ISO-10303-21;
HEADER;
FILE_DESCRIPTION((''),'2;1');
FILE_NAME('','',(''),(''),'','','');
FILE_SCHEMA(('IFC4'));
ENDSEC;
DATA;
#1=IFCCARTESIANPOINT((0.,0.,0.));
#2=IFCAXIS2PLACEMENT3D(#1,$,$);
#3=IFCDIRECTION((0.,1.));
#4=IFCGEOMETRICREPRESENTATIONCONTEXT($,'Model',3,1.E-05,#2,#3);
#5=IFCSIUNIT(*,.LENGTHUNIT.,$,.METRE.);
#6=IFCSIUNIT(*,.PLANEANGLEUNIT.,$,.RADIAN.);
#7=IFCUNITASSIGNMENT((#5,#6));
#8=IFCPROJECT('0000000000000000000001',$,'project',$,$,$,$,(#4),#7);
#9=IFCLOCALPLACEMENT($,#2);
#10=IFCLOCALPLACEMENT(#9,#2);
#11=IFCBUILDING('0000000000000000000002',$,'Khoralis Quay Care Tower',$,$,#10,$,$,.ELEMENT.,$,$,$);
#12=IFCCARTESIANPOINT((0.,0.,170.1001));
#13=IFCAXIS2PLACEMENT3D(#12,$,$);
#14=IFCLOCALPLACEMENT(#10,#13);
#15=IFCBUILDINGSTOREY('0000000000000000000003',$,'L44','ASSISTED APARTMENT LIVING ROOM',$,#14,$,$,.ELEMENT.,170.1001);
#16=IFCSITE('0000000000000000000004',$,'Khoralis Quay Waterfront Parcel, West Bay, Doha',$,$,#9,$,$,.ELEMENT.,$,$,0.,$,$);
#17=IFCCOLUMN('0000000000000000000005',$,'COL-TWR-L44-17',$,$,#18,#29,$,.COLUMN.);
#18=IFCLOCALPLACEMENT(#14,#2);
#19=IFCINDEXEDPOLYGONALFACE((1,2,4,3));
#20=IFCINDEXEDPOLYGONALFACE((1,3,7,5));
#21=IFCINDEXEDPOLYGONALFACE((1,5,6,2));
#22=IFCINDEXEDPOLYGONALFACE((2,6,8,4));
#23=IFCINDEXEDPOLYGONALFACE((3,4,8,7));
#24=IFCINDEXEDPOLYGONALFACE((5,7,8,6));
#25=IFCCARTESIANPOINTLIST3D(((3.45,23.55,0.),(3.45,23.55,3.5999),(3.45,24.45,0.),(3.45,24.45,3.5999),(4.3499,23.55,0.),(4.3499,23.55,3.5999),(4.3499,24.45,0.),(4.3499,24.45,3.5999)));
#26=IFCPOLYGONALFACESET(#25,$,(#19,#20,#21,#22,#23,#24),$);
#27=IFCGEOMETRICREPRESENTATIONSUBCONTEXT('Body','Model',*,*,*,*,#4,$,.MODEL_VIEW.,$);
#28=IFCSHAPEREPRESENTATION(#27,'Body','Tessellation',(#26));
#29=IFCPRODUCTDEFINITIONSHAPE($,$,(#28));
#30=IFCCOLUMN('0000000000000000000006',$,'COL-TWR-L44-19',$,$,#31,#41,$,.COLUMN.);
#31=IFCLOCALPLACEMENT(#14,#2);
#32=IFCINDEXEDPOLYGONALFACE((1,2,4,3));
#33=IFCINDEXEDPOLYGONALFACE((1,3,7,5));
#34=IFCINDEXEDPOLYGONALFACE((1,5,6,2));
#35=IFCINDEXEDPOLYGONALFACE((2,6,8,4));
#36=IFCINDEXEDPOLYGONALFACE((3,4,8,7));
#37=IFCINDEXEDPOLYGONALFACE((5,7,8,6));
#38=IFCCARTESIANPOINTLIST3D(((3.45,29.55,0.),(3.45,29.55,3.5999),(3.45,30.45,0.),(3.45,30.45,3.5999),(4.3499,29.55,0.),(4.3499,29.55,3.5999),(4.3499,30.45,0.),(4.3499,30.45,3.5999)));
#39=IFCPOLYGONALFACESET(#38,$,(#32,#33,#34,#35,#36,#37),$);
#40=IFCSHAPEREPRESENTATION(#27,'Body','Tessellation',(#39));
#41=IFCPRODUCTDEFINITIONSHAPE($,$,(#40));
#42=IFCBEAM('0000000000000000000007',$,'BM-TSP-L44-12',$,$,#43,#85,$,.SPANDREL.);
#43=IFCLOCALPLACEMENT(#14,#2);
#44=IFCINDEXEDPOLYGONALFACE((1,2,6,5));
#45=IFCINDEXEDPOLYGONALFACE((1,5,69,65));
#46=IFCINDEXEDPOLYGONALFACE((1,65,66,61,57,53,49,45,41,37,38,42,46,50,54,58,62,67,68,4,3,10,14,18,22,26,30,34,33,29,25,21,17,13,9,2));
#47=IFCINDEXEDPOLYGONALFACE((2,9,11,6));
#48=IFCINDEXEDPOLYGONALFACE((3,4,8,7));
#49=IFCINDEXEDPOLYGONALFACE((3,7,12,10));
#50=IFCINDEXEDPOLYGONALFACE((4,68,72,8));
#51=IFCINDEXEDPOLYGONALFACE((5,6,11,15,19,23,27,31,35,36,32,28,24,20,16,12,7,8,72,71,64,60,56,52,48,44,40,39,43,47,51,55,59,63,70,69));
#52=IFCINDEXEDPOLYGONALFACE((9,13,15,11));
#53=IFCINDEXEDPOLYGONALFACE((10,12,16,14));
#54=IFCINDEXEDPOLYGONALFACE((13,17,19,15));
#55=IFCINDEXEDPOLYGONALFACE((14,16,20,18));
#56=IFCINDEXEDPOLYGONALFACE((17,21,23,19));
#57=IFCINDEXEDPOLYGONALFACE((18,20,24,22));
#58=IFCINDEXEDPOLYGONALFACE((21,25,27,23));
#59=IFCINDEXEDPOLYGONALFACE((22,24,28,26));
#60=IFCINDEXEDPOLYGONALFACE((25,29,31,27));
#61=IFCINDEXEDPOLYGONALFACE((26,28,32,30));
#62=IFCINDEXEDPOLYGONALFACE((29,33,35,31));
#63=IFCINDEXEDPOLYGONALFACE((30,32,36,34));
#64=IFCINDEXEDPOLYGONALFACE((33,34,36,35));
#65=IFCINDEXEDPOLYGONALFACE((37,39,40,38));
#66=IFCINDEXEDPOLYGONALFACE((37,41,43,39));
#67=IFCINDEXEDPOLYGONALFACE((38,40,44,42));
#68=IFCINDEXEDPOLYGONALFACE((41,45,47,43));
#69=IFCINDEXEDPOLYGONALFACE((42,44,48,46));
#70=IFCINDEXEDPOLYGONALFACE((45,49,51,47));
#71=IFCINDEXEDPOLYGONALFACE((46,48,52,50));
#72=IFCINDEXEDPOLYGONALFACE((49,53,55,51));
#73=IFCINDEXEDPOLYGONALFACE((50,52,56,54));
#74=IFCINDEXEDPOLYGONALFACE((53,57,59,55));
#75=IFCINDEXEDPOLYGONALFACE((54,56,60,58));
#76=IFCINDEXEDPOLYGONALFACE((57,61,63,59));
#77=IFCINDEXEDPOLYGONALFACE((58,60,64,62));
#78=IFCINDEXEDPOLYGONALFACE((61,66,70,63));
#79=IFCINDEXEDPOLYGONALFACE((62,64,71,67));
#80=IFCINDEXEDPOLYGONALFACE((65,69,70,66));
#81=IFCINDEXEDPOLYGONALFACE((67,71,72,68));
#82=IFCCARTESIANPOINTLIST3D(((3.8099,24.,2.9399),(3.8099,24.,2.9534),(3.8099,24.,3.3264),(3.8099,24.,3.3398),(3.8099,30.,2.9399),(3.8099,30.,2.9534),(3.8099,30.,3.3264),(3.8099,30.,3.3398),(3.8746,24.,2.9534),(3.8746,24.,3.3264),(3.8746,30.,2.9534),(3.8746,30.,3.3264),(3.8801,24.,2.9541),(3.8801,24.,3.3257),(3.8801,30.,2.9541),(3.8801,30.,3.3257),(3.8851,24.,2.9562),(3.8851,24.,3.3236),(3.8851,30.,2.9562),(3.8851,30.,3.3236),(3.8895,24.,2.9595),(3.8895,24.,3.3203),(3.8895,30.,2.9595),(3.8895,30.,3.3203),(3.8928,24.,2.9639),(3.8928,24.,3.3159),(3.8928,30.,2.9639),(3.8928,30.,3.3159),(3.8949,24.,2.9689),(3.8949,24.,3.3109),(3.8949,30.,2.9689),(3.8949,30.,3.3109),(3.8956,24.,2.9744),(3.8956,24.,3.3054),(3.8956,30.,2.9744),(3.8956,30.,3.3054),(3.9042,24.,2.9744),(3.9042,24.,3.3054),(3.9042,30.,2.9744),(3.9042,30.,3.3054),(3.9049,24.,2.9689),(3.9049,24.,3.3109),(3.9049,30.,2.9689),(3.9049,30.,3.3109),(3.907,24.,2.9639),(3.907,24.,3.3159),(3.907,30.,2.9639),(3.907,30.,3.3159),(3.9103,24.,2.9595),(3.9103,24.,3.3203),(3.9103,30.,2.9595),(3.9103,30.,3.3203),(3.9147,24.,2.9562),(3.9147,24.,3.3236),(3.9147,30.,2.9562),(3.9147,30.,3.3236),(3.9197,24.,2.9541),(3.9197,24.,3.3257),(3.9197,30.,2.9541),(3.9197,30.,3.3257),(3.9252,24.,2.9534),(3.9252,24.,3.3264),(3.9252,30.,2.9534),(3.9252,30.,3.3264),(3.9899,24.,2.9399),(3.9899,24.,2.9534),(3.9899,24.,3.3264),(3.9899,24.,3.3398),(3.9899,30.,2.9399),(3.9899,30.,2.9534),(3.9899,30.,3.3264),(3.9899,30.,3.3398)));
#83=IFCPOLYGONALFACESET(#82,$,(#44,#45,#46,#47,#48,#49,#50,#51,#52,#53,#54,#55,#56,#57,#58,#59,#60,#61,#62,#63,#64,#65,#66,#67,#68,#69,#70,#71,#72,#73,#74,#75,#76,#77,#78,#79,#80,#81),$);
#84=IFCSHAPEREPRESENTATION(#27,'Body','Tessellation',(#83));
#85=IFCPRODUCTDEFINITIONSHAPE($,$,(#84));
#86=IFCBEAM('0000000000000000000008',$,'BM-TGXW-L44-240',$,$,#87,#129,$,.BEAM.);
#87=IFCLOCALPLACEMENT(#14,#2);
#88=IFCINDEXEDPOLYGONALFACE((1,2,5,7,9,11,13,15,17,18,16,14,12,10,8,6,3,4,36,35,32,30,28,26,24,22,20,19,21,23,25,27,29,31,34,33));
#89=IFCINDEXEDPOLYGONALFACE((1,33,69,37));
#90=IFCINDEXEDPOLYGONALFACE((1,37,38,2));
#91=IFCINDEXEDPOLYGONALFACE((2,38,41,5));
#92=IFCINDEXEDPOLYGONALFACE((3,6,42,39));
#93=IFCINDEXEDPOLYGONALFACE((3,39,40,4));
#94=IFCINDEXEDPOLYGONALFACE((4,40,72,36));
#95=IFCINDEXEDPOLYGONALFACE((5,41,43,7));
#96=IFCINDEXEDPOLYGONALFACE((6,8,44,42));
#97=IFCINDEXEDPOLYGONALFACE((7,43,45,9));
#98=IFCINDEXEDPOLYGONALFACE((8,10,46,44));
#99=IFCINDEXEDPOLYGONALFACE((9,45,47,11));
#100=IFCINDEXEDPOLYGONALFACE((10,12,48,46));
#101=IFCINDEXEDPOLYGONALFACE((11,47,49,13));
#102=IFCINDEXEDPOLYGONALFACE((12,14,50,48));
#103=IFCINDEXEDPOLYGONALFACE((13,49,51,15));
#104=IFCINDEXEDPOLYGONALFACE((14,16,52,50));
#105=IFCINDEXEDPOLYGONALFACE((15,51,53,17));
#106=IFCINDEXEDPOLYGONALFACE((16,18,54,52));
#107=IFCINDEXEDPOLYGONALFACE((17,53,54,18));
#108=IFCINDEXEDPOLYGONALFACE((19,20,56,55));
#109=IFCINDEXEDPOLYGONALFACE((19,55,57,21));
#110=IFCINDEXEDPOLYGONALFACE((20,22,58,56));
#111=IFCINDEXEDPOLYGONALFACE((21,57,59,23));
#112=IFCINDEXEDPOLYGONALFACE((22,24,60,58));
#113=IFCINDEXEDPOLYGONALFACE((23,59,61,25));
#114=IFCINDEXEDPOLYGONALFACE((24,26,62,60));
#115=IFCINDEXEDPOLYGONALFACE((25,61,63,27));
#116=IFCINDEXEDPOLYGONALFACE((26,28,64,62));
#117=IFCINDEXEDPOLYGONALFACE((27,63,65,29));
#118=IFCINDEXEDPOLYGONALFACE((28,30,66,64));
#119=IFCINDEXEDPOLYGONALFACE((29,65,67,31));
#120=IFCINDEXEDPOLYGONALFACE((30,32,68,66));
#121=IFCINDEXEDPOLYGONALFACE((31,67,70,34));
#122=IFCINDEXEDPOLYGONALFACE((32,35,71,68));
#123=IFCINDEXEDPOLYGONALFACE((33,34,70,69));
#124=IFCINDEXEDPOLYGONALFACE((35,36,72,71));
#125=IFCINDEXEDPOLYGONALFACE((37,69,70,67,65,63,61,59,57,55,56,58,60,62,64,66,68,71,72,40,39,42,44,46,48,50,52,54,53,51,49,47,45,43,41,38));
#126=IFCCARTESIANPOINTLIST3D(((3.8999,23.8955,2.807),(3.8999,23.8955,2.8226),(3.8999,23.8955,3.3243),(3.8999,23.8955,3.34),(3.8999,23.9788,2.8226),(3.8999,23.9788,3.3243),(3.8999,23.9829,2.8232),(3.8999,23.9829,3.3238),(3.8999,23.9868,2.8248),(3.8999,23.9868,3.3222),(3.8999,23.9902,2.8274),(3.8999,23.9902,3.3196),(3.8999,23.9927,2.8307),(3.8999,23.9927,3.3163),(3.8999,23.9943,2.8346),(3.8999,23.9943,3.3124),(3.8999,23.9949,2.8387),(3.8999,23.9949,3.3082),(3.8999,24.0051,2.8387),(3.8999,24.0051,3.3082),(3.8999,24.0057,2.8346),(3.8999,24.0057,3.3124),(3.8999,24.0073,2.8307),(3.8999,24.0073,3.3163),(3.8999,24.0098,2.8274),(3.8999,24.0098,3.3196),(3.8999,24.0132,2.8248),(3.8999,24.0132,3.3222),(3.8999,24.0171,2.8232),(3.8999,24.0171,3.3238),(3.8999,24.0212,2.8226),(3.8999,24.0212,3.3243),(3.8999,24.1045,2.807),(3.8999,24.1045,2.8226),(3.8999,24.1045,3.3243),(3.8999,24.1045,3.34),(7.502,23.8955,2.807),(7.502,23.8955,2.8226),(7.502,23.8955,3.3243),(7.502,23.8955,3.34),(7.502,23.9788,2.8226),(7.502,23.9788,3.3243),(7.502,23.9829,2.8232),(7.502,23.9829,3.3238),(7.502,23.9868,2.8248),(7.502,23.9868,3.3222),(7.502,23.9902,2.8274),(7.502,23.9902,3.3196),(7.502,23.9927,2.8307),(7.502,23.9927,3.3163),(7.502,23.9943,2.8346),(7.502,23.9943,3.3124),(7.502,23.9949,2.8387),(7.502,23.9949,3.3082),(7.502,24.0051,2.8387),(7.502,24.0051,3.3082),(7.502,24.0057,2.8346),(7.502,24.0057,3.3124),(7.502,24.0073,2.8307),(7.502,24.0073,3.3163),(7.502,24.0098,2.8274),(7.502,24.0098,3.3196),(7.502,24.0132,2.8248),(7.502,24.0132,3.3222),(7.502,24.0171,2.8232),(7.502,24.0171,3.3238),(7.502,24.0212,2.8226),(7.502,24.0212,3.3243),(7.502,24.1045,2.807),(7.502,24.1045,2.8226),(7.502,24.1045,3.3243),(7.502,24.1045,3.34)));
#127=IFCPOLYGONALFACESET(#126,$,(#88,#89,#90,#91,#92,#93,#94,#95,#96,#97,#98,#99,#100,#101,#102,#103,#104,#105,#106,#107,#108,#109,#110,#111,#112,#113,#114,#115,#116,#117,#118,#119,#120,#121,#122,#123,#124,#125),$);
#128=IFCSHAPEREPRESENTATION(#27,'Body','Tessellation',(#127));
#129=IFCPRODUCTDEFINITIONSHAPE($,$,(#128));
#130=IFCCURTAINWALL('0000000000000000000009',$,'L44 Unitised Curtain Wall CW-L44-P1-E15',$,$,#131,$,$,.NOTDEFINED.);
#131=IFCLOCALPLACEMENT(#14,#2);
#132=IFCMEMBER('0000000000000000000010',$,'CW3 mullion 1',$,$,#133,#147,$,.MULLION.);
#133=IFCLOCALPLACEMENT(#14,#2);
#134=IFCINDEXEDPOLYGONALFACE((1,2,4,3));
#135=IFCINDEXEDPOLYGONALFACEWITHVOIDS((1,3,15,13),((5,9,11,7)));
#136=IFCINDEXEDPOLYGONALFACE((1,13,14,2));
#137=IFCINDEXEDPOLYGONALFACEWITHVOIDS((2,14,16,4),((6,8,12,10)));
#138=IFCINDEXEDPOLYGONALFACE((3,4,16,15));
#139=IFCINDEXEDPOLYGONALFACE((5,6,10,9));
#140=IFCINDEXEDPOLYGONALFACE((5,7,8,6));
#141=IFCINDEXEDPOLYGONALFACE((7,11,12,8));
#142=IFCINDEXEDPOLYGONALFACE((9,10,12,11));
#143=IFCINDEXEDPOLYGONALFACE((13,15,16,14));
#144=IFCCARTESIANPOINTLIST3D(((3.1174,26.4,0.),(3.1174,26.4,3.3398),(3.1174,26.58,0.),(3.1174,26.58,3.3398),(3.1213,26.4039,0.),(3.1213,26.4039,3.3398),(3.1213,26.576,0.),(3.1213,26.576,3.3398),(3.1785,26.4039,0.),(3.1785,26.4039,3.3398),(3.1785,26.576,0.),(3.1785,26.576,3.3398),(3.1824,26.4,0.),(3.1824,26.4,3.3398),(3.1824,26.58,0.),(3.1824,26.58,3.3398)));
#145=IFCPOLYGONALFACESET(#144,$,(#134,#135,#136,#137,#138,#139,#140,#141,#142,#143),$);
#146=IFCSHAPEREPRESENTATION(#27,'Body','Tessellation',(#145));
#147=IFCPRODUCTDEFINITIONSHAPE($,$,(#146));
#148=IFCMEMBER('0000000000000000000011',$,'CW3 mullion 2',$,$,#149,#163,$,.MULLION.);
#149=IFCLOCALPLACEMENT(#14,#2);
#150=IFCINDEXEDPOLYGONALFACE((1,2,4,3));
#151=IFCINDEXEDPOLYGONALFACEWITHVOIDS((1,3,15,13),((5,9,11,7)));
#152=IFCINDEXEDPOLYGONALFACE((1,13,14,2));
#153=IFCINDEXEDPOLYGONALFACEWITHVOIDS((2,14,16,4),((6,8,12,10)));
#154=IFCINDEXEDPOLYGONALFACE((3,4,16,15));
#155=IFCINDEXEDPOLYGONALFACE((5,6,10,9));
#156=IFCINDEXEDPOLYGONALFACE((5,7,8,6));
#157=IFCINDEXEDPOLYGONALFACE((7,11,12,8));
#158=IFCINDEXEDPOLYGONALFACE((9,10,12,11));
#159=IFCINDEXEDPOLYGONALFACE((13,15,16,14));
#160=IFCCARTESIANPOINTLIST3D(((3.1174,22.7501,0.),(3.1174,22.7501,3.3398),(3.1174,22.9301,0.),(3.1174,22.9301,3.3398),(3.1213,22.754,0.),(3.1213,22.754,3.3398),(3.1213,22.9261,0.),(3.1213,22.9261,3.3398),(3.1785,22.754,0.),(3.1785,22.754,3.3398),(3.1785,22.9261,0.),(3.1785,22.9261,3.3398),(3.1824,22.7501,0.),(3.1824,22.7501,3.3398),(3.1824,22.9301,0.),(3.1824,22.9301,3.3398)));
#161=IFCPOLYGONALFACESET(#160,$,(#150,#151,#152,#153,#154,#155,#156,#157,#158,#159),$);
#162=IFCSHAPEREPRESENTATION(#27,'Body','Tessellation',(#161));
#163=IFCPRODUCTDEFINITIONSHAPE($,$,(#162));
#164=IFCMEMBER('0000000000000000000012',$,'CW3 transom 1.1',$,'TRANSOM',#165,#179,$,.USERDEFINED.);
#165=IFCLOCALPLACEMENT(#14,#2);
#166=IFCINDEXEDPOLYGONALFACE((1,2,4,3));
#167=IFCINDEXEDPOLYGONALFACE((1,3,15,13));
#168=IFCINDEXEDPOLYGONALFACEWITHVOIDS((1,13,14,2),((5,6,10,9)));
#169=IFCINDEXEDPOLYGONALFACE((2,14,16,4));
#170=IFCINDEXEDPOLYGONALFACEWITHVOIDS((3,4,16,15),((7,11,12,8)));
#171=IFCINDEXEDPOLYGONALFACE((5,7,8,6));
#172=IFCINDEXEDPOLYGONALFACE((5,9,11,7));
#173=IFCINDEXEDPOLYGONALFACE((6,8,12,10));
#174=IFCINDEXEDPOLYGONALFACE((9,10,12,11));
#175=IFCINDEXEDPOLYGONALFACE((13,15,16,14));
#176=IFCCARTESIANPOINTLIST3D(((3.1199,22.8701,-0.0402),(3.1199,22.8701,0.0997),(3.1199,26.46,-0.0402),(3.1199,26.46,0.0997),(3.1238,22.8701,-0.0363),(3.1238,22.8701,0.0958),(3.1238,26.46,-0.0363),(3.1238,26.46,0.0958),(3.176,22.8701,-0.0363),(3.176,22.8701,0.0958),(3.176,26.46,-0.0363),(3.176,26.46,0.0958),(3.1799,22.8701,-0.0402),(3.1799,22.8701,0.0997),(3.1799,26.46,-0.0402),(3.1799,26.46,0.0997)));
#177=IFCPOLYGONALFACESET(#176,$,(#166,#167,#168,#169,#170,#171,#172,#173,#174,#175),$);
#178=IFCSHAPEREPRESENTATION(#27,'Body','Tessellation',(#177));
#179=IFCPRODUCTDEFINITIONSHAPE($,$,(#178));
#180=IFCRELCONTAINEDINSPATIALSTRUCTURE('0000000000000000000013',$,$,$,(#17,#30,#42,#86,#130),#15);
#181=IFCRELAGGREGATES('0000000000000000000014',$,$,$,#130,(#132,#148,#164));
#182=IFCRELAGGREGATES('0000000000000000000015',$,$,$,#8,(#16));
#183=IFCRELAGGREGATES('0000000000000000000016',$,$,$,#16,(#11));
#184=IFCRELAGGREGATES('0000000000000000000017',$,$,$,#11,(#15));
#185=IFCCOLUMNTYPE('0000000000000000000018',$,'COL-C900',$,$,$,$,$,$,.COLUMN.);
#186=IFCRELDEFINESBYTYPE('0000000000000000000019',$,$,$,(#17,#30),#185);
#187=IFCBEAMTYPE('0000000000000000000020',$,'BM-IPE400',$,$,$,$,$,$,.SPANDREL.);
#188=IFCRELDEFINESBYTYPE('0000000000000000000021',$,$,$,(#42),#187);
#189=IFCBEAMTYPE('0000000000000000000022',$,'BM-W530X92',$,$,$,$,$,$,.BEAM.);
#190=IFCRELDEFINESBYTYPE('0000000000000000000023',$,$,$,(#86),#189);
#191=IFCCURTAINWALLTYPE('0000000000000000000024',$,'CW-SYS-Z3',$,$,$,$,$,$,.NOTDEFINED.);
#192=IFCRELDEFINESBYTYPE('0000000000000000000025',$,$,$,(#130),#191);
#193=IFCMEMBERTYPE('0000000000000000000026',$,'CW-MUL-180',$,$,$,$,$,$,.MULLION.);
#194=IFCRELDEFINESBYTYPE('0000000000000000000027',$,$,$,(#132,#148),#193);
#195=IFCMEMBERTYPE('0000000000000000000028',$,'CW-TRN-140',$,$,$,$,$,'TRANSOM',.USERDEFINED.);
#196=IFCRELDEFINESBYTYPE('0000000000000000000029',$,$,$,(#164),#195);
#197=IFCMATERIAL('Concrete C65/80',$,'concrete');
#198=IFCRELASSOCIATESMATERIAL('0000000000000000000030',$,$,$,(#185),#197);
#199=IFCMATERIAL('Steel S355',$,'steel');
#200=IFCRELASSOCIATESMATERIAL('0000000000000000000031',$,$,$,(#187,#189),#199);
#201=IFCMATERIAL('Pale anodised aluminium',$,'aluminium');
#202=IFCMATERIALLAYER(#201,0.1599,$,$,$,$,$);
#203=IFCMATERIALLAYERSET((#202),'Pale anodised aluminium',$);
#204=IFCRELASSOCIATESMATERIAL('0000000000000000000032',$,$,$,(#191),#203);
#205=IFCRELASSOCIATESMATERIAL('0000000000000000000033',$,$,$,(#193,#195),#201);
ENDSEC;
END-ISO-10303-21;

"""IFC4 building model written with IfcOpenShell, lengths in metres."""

from ifc_helpers import new_model, si_unit, direction, frame, origin, origin_2d, place, context, subcontext, project, spatial, rectangle, hollow_rectangle, i_section, extrude, source, transform, mapped, material, layer, layer_set, material_profile, profile_set, type_object, element, aggregate, save


model = new_model("IFC4")

# Units and contexts
model_context = context("Model", 3, precision=1e-05, world=origin(), true_north=direction((0.0, 1.0)))
body_context = subcontext(model_context, "Body", "Model", "MODEL_VIEW")
ifc_project = project(units=[si_unit("LENGTHUNIT", "METRE"), si_unit("PLANEANGLEUNIT", "RADIAN")], contexts=[model_context])

# Site, building, storey
site_placement = place(None, origin())
site = spatial("IfcSite", under=ifc_project, at=site_placement, Name="Khoralis Quay Waterfront Parcel, West Bay, Doha", CompositionType="ELEMENT", RefElevation=0.0)
building_placement = place(site_placement, origin())
building = spatial("IfcBuilding", under=site, at=building_placement, Name="Khoralis Quay Care Tower", CompositionType="ELEMENT")
storey_placement = place(building_placement, frame((0.0, 0.0, 170.1001)))
storey = spatial("IfcBuildingStorey", under=building, at=storey_placement, Name="L44", Description="ASSISTED APARTMENT LIVING ROOM", CompositionType="ELEMENT", Elevation=170.1001)

# Columns
ifc_material_1 = material(Name="Concrete C65/80", Category="concrete")
ifc_material_profile_1 = material_profile(ifc_material_1, rectangle(XDim=0.8999, YDim=0.8999, at=origin_2d()), Name="Concrete C65/80")
ifc_profile_set_1 = profile_set([ifc_material_profile_1], Name="Concrete C65/80")
column_type = type_object("IfcColumnType", Name="COL-C900", PredefinedType="COLUMN", material=ifc_profile_set_1)
shared_shape_1 = source(origin(), body_context, "Body", "SweptSolid", [
    extrude(rectangle(XDim=0.8999, YDim=0.8999, at=origin_2d()), origin(), (0.0, 0.0, 1.0), 3.5999),
])
for number, where, z_axis, x_axis, name in (
    (1, (3.8999, 24.0, 0.0), (0.0, 0.0, 1.0), (1.0, 0.0, 0.0), "COL-TWR-L44-17"),
    (2, (3.8999, 30.0, 0.0), (0.0, 0.0, 1.0), (1.0, 0.0, 0.0), "COL-TWR-L44-19"),
):
    element("IfcColumn", number, at=place(storey_placement, frame(where, z_axis=z_axis, x_axis=x_axis)), inside=storey, type_object=column_type, Name=name, PredefinedType="COLUMN", context=body_context, shape_type="MappedRepresentation", body=[
        mapped(shared_shape_1, transform((0.0, 0.0, 0.0), scale=1.0)),
    ])

# Beams
ifc_material_2 = material(Name="Steel S355", Category="steel")
ifc_material_profile_2 = material_profile(ifc_material_2, i_section(OverallWidth=0.1799, OverallDepth=0.3999, WebThickness=0.0085, FlangeThickness=0.0134, FilletRadius=0.021, at=origin_2d()), Name="Steel S355")
ifc_profile_set_2 = profile_set([ifc_material_profile_2], Name="Steel S355")
beam_type_1 = type_object("IfcBeamType", Name="BM-IPE400", PredefinedType="SPANDREL", material=ifc_profile_set_2)
shared_shape_2 = source(origin(), body_context, "Body", "SweptSolid", [
    extrude(i_section(OverallWidth=0.1799, OverallDepth=0.3999, WebThickness=0.0085, FlangeThickness=0.0134, FilletRadius=0.021, at=origin_2d()), origin(), (0.0, 0.0, 1.0), 6.0),
])
beam_1_placement = place(storey_placement, frame((3.8999, 24.0, 3.1399), z_axis=(0.0, 1.0, 0.0), x_axis=(-1.0, 0.0, 0.0)))
element("IfcBeam", 3, at=beam_1_placement, inside=storey, type_object=beam_type_1, Name="BM-TSP-L44-12", PredefinedType="SPANDREL", context=body_context, shape_type="MappedRepresentation", body=[
    mapped(shared_shape_2, transform((0.0, 0.0, 0.0), scale=1.0)),
])
ifc_material_profile_3 = material_profile(ifc_material_2, i_section(OverallWidth=0.209, OverallDepth=0.533, WebThickness=0.0103, FlangeThickness=0.0156, FilletRadius=0.0161, at=origin_2d()), Name="Steel S355")
ifc_profile_set_3 = profile_set([ifc_material_profile_3], Name="Steel S355")
beam_type_2 = type_object("IfcBeamType", Name="BM-W530X92", PredefinedType="BEAM", material=ifc_profile_set_3)
shared_shape_3 = source(origin(), body_context, "Body", "SweptSolid", [
    extrude(i_section(OverallWidth=0.209, OverallDepth=0.533, WebThickness=0.0103, FlangeThickness=0.0156, FilletRadius=0.0161, at=origin_2d()), origin(), (0.0, 0.0, 1.0), 3.6021),
])
beam_2_placement = place(storey_placement, frame((3.8999, 24.0, 3.0735), z_axis=(1.0, 0.0, 0.0), x_axis=(0.0, 1.0, 0.0)))
element("IfcBeam", 4, at=beam_2_placement, inside=storey, type_object=beam_type_2, Name="BM-TGXW-L44-240", PredefinedType="BEAM", context=body_context, shape_type="MappedRepresentation", body=[
    mapped(shared_shape_3, transform((0.0, 0.0, 0.0), scale=1.0)),
])

# Curtain wall, members
ifc_material_3 = material(Name="Pale anodised aluminium", Category="aluminium")
ifc_layer_1 = layer(ifc_material_3, 0.1599)
ifc_layer_set_1 = layer_set([ifc_layer_1], Name="Pale anodised aluminium")
curtain_wall_type = type_object("IfcCurtainWallType", Name="CW-SYS-Z3", PredefinedType="NOTDEFINED", material=ifc_layer_set_1)
curtain_wall_placement = place(storey_placement, origin())
curtain_wall = element("IfcCurtainWall", 5, at=curtain_wall_placement, inside=storey, type_object=curtain_wall_type, Name="L44 Unitised Curtain Wall CW-L44-P1-E15", PredefinedType="NOTDEFINED")
ifc_material_profile_4 = material_profile(ifc_material_3, hollow_rectangle(XDim=0.0649, YDim=0.1799, WallThickness=0.0039, at=origin_2d()), Name="Pale anodised aluminium")
ifc_profile_set_4 = profile_set([ifc_material_profile_4], Name="Pale anodised aluminium")
member_type_1 = type_object("IfcMemberType", Name="CW-MUL-180", PredefinedType="MULLION", material=ifc_profile_set_4)
shared_shape_4 = source(origin(), body_context, "Body", "SweptSolid", [
    extrude(hollow_rectangle(XDim=0.0649, YDim=0.1799, WallThickness=0.0039, at=origin_2d()), origin(), (0.0, 0.0, 1.0), 3.3398),
])
member_1_placement = place(storey_placement, frame((3.1499, 26.49, 0.0), z_axis=(0.0, 0.0, 1.0), x_axis=(1.0, 0.0, 0.0)))
member_1 = element("IfcMember", 6, at=member_1_placement, type_object=member_type_1, Name="CW3 mullion 1", PredefinedType="MULLION", context=body_context, shape_type="MappedRepresentation", body=[
    mapped(shared_shape_4, transform((0.0, 0.0, 0.0), scale=1.0)),
])
member_2_placement = place(storey_placement, frame((3.1499, 22.8401, 0.0), z_axis=(0.0, 0.0, 1.0), x_axis=(1.0, 0.0, 0.0)))
member_2 = element("IfcMember", 7, at=member_2_placement, type_object=member_type_1, Name="CW3 mullion 2", PredefinedType="MULLION", context=body_context, shape_type="MappedRepresentation", body=[
    mapped(shared_shape_4, transform((0.0, 0.0, 0.0), scale=1.0)),
])
ifc_material_profile_5 = material_profile(ifc_material_3, hollow_rectangle(XDim=0.0601, YDim=0.1399, WallThickness=0.0039, at=origin_2d()), Name="Pale anodised aluminium")
ifc_profile_set_5 = profile_set([ifc_material_profile_5], Name="Pale anodised aluminium")
member_type_2 = type_object("IfcMemberType", Name="CW-TRN-140", ElementType="TRANSOM", PredefinedType="USERDEFINED", material=ifc_profile_set_5)
shared_shape_5 = source(origin(), body_context, "Body", "SweptSolid", [
    extrude(hollow_rectangle(XDim=0.0601, YDim=0.1399, WallThickness=0.0039, at=origin_2d()), origin(), (0.0, 0.0, 1.0), 3.5898),
])
member_3_placement = place(storey_placement, frame((3.1499, 26.46, 0.0298), z_axis=(0.0, -1.0, 0.0), x_axis=(1.0, 0.0, 0.0)))
member_3 = element("IfcMember", 8, at=member_3_placement, type_object=member_type_2, Name="CW3 transom 1.1", ObjectType="TRANSOM", PredefinedType="USERDEFINED", context=body_context, shape_type="MappedRepresentation", body=[
    mapped(shared_shape_5, transform((0.0, 0.0, 0.0), scale=1.0)),
])
aggregate(curtain_wall, [member_1, member_2, member_3])

save(model, "model.ifc")
